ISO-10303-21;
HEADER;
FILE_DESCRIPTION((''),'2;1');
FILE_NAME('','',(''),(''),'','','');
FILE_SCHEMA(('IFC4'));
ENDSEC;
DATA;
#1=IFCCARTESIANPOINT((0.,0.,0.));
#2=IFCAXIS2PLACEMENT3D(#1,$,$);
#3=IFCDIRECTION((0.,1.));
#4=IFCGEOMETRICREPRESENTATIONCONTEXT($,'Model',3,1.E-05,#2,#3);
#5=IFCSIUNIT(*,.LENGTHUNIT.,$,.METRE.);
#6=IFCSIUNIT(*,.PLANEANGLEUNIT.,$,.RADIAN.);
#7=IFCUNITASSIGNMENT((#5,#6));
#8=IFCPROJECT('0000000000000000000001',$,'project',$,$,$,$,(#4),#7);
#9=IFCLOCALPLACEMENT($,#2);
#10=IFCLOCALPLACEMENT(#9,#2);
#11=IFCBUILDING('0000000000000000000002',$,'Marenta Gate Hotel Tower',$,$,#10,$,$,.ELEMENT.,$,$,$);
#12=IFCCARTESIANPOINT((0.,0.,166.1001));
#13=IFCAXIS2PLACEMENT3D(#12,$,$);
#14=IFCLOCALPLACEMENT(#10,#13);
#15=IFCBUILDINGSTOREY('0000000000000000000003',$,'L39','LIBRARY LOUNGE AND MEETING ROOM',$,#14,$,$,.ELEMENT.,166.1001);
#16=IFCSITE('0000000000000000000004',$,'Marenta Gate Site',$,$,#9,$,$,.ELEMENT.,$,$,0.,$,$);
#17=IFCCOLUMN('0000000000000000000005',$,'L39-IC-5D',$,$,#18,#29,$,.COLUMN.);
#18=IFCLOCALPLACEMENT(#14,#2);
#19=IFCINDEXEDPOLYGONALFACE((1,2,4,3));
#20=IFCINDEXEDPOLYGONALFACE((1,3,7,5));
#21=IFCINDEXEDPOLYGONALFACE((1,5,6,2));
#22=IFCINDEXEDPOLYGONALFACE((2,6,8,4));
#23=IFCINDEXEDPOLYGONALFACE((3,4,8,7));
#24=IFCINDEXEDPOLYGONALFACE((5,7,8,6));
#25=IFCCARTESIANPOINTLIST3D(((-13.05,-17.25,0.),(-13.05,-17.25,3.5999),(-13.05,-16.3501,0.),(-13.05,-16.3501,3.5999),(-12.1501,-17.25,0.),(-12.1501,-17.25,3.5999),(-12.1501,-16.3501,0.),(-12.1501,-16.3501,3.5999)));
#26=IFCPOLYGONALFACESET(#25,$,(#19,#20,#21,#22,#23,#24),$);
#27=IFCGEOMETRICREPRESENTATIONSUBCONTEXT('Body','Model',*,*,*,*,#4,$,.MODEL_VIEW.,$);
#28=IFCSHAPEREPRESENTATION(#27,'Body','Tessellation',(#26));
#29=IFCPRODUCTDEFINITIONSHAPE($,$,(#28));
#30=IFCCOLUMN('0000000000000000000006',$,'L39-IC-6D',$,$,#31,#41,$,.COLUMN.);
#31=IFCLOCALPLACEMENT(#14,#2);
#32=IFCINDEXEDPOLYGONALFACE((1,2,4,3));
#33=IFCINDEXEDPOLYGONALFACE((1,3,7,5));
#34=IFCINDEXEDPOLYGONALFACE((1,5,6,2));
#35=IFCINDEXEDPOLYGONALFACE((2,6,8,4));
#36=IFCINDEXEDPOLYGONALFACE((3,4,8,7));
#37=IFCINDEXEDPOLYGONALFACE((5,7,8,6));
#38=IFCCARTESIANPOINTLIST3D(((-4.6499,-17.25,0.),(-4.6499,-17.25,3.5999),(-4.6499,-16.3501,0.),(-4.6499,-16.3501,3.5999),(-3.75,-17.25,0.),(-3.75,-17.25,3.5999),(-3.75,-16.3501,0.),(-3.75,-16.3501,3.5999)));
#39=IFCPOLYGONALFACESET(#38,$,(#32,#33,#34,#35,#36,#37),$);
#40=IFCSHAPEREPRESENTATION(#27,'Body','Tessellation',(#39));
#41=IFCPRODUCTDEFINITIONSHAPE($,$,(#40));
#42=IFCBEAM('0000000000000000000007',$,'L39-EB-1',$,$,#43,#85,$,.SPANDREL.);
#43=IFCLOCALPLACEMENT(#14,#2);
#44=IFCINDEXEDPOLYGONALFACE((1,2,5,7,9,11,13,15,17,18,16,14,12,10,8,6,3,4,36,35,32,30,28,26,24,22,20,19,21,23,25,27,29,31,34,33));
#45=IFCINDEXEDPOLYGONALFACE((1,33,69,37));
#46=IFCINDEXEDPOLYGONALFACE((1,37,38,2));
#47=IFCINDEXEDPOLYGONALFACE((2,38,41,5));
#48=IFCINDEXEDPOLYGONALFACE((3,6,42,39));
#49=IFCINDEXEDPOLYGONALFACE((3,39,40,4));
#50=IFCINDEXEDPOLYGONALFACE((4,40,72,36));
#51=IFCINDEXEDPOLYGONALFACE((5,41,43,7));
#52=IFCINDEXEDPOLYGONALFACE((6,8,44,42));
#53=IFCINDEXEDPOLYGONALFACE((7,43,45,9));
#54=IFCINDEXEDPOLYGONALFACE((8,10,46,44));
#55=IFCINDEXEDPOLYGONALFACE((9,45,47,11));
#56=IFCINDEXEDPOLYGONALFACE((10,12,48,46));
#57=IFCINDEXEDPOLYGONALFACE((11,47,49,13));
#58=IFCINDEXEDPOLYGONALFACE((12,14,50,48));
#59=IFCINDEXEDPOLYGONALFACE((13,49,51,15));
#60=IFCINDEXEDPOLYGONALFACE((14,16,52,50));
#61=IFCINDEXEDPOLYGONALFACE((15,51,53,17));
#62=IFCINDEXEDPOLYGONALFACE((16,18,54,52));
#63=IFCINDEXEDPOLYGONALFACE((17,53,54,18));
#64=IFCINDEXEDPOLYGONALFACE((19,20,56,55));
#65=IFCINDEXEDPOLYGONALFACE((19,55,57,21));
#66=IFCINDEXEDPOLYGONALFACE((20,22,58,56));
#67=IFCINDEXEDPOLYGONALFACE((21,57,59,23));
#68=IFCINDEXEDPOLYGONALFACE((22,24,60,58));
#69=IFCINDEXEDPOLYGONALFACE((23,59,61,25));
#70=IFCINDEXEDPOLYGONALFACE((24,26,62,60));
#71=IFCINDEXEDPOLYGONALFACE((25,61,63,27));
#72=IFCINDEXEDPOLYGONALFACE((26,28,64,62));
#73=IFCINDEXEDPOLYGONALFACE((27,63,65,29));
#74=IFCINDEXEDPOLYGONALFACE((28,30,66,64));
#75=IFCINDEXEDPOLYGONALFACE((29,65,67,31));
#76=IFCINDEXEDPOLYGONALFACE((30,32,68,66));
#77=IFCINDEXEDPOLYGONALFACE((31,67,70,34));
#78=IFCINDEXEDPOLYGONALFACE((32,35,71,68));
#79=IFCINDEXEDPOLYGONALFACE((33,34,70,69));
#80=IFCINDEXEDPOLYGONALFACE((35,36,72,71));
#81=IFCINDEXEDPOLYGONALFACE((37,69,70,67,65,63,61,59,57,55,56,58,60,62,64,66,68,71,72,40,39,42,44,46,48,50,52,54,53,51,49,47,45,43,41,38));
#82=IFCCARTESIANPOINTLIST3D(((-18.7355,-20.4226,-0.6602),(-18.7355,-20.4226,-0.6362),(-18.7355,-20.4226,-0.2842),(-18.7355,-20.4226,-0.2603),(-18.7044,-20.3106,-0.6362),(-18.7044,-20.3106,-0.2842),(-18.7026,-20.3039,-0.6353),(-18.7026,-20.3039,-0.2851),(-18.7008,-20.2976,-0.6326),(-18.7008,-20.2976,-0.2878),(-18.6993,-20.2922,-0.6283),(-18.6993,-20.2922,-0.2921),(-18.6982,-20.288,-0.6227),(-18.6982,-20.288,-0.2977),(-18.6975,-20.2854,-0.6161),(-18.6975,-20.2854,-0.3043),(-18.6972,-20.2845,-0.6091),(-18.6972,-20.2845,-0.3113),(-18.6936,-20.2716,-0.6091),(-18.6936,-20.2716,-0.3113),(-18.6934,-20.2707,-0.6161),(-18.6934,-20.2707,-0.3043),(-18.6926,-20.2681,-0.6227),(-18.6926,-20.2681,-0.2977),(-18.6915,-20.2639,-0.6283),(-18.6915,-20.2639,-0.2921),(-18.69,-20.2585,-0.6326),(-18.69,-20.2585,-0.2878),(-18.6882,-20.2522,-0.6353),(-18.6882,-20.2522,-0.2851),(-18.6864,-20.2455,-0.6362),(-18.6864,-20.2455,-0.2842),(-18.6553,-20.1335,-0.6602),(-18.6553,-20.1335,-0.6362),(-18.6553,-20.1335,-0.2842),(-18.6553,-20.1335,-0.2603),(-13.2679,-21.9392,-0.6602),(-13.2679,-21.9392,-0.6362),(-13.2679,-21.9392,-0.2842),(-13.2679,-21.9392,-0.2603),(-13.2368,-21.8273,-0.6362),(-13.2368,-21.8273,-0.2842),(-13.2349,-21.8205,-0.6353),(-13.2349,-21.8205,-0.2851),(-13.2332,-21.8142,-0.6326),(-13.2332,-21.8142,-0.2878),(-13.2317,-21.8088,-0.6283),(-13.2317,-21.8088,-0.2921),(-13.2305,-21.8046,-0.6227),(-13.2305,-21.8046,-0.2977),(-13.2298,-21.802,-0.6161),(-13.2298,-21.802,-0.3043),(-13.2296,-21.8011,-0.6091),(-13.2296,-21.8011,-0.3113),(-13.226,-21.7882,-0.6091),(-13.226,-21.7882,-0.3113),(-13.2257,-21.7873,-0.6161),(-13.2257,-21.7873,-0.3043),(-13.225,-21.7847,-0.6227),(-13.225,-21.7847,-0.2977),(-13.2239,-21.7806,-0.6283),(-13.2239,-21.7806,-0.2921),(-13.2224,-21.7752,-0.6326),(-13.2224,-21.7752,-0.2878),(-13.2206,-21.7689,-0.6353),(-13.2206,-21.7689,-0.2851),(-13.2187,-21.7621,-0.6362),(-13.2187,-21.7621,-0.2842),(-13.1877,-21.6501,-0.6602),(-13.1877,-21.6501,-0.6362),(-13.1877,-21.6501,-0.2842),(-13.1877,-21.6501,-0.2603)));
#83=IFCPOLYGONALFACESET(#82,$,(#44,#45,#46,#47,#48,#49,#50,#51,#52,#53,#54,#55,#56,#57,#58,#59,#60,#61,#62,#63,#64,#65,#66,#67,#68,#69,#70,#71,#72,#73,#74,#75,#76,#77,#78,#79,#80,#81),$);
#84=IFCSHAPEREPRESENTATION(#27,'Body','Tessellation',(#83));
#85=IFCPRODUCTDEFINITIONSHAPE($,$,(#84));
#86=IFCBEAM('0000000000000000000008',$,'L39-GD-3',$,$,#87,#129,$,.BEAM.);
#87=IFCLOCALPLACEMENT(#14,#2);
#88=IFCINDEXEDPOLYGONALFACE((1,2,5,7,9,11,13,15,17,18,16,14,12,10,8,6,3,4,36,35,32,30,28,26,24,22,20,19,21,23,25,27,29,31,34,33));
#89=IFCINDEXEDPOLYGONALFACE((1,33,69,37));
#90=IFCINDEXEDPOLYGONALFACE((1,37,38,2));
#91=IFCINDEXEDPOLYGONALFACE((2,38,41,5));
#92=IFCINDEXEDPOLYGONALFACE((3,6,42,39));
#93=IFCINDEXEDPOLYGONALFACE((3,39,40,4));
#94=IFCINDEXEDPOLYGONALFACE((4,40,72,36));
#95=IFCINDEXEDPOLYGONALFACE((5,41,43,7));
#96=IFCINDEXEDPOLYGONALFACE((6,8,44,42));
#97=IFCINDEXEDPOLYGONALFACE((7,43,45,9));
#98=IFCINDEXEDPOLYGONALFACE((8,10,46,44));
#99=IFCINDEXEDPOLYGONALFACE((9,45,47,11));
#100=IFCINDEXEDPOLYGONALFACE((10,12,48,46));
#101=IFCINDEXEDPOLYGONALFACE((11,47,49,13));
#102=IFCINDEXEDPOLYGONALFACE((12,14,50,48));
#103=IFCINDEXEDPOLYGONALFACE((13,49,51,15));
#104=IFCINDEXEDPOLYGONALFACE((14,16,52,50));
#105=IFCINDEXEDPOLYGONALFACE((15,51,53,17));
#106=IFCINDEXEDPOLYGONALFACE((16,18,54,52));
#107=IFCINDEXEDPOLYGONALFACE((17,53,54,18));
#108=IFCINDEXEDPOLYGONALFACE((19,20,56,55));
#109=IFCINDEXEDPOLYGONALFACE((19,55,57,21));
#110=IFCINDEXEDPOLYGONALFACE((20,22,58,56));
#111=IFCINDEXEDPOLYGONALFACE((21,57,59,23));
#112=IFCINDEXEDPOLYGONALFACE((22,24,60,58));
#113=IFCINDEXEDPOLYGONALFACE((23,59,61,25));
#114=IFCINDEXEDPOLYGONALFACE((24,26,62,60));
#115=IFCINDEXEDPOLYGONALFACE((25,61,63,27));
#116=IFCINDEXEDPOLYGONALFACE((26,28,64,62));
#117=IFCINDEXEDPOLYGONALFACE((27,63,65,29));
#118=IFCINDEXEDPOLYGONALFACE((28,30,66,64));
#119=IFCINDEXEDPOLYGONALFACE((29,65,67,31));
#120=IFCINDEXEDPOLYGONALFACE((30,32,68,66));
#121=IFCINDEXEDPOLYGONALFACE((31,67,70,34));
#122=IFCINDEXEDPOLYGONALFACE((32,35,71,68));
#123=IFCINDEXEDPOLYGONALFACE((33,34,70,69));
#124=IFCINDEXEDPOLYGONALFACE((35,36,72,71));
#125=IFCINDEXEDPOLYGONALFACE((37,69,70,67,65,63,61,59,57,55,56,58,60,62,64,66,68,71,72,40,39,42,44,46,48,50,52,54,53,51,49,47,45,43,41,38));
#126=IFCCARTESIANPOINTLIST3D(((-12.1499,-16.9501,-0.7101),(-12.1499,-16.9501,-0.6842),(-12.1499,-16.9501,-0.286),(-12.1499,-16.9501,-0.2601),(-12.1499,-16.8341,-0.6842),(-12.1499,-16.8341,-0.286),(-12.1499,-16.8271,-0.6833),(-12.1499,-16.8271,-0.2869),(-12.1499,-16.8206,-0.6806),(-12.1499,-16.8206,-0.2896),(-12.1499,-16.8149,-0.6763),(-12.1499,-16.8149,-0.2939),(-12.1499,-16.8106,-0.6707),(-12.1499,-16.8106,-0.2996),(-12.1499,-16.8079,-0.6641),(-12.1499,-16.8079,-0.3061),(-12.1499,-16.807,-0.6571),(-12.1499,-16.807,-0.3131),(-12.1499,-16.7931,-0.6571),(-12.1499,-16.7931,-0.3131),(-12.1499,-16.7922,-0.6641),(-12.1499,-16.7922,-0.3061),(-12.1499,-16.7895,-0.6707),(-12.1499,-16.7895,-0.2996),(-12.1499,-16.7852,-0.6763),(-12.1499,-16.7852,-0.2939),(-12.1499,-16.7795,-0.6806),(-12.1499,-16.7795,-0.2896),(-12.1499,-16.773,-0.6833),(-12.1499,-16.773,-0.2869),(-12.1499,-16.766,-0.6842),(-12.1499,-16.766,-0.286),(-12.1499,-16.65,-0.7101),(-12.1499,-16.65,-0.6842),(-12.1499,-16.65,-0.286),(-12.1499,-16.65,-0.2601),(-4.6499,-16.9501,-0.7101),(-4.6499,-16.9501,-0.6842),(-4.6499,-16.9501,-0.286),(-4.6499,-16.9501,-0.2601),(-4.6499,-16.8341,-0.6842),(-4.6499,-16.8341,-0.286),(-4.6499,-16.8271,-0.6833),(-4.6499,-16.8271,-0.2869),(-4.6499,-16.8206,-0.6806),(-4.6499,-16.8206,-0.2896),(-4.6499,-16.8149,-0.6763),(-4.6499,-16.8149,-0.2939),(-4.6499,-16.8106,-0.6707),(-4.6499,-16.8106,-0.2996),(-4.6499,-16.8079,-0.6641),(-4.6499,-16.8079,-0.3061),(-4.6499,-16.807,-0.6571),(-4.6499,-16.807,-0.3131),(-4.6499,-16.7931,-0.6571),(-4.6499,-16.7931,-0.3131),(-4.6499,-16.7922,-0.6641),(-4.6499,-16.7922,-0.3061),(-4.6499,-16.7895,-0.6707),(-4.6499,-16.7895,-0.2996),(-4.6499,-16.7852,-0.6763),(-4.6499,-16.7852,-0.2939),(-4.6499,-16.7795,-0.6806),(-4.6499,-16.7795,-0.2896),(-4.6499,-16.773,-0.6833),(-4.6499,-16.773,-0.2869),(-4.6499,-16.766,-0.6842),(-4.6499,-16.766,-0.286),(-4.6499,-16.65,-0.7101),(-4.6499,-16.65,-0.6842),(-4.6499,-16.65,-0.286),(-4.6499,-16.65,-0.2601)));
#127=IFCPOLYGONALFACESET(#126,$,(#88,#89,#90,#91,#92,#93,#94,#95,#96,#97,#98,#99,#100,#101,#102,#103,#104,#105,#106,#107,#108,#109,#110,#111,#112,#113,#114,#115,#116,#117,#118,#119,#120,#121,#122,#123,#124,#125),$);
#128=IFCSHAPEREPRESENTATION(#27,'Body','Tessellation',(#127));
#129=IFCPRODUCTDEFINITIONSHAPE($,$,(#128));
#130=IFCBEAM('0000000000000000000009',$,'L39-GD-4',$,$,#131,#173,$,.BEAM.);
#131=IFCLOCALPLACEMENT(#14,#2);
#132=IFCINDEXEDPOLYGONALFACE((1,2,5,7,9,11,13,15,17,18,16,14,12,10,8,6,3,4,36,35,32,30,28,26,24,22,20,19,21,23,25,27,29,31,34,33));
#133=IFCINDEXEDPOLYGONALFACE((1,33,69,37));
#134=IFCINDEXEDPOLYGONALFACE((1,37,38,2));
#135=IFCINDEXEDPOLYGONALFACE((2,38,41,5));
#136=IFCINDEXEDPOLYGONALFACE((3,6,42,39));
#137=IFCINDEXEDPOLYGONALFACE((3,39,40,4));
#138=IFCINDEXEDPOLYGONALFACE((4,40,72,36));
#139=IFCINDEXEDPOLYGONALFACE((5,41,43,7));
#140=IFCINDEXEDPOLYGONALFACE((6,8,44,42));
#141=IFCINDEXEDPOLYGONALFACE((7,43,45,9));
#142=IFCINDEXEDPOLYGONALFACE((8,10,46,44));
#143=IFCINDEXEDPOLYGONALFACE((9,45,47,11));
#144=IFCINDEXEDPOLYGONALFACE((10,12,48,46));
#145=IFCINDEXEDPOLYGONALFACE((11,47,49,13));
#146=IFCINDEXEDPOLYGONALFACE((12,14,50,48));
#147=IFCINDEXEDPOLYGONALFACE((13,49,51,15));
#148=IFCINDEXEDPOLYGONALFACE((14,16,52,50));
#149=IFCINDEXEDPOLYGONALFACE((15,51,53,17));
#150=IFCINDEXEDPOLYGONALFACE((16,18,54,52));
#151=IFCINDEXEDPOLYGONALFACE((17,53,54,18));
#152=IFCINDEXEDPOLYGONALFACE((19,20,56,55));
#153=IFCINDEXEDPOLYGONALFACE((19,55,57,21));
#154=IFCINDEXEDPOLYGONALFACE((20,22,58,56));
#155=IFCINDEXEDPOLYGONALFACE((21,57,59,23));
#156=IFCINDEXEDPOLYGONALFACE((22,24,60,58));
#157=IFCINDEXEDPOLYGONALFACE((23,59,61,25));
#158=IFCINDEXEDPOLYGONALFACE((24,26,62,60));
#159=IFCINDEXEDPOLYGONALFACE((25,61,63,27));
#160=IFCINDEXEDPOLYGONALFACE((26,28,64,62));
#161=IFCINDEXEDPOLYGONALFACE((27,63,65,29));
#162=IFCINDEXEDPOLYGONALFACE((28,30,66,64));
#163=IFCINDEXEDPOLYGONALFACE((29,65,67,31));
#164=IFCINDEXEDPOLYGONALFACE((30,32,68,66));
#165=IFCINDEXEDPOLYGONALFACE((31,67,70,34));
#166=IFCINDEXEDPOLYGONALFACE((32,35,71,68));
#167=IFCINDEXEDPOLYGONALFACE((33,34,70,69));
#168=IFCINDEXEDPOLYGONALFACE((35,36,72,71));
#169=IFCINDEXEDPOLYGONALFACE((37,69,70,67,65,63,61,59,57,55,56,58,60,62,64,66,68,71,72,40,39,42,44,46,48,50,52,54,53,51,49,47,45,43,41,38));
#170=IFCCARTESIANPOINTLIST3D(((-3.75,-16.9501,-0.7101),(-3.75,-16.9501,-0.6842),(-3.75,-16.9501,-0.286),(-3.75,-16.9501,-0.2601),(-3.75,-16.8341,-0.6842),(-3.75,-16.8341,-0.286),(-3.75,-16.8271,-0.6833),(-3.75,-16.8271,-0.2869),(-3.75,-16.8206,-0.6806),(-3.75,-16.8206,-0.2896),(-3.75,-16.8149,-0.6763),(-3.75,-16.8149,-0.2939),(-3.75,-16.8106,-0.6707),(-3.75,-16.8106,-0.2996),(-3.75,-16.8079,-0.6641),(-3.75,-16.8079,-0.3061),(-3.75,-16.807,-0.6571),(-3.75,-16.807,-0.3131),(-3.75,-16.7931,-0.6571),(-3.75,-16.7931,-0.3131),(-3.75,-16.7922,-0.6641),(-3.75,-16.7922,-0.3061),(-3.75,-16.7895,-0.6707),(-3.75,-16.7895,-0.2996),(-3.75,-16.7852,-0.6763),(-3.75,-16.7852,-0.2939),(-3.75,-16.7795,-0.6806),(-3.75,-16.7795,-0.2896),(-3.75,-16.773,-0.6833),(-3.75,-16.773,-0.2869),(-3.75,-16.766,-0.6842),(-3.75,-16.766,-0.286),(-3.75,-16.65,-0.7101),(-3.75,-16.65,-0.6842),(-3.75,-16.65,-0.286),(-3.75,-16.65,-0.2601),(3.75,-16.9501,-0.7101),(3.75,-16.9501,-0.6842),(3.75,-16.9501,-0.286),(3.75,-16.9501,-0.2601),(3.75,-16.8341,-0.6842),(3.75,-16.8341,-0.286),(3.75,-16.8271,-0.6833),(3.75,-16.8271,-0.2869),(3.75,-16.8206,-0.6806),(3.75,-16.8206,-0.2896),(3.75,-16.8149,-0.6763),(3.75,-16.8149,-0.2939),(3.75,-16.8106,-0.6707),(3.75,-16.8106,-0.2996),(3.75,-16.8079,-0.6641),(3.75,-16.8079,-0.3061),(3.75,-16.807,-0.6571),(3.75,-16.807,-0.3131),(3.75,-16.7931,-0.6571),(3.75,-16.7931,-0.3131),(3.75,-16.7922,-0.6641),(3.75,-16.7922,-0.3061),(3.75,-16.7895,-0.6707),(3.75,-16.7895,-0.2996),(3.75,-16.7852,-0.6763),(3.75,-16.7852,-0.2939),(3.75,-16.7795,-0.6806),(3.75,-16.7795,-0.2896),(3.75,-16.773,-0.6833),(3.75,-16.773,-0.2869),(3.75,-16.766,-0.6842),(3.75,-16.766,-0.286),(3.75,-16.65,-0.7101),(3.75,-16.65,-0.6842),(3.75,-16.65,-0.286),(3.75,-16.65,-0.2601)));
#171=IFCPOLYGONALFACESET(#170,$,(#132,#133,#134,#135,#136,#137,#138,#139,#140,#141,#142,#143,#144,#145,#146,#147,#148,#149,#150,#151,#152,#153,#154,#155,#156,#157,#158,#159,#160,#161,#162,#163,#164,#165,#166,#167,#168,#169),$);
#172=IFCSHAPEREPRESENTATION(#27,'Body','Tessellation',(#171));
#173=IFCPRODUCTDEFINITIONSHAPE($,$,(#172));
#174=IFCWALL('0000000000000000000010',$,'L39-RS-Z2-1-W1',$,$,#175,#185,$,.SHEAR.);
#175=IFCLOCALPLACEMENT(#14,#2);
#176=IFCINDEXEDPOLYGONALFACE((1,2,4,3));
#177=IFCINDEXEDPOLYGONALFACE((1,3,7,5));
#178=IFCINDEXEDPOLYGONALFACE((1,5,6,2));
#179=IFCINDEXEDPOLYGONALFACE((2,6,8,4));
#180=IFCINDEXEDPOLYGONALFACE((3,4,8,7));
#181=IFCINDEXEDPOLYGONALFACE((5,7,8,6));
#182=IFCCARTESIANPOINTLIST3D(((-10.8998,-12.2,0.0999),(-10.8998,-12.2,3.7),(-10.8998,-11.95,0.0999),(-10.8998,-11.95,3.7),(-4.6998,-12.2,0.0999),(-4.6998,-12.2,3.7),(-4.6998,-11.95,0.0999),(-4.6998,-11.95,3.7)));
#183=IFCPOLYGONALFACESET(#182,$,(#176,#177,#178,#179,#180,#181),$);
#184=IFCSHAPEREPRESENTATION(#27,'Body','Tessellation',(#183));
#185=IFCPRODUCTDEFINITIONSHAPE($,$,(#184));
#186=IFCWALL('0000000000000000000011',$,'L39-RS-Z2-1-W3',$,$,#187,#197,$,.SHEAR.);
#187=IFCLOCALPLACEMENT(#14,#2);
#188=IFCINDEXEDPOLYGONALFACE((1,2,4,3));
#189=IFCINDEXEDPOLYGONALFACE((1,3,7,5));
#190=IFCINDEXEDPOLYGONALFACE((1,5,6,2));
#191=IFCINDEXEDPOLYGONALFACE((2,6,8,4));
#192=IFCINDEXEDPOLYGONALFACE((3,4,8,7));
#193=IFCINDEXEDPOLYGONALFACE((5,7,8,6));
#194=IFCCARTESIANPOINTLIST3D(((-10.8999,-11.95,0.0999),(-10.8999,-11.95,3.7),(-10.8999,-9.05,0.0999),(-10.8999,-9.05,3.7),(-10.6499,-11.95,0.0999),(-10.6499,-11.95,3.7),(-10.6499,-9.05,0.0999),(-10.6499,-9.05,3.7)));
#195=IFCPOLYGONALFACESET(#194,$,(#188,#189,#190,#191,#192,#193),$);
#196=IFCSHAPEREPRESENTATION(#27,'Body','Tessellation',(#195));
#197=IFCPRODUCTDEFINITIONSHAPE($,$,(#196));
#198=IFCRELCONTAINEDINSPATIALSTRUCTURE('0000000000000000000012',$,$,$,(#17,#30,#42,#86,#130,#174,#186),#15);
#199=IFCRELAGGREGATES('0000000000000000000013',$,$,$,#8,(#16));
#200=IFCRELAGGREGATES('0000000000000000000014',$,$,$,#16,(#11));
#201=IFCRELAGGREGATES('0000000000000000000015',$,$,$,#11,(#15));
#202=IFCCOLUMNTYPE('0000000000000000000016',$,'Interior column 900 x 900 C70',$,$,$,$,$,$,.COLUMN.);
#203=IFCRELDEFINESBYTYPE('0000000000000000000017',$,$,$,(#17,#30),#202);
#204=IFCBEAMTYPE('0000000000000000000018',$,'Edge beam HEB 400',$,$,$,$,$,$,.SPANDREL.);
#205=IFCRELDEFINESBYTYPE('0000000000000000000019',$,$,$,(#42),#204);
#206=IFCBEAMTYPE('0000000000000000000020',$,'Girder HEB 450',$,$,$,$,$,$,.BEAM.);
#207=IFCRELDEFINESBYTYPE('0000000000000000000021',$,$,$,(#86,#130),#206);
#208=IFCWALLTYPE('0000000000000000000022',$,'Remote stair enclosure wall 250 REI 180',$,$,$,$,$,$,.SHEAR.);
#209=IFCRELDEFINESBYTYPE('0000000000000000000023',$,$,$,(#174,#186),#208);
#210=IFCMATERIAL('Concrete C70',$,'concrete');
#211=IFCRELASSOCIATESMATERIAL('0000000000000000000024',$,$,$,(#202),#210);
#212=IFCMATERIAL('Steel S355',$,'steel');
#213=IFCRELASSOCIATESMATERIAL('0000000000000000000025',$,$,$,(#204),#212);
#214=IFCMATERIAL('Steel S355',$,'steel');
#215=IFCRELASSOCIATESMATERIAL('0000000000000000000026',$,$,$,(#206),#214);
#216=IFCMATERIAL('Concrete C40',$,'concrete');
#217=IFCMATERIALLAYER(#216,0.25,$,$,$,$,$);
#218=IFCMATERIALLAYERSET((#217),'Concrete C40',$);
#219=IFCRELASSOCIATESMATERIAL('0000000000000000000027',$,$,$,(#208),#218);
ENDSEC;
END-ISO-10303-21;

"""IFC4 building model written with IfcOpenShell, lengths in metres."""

from ifc_helpers import new_model, si_unit, direction, frame, frame_2d, origin, origin_2d, place, context, subcontext, project, spatial, rectangle, i_section, extrude, material, layer, layer_set, material_profile, profile_set, type_object, element, save


model = new_model("IFC4")

# Units and contexts
model_context = context("Model", 3, precision=1e-05, world=origin(), true_north=direction((0.0, 1.0)))
body_context = subcontext(model_context, "Body", "Model", "MODEL_VIEW")
ifc_project = project(units=[si_unit("LENGTHUNIT", "METRE"), si_unit("PLANEANGLEUNIT", "RADIAN")], contexts=[model_context])

# Site, building, storey
site_placement = place(None, origin())
site = spatial("IfcSite", under=ifc_project, at=site_placement, Name="Marenta Gate Site", CompositionType="ELEMENT", RefElevation=0.0)
building_placement = place(site_placement, origin())
building = spatial("IfcBuilding", under=site, at=building_placement, Name="Marenta Gate Hotel Tower", CompositionType="ELEMENT")
storey_placement = place(building_placement, frame((0.0, 0.0, 166.1001)))
storey = spatial("IfcBuildingStorey", under=building, at=storey_placement, Name="L39", Description="LIBRARY LOUNGE AND MEETING ROOM", CompositionType="ELEMENT", Elevation=166.1001)

# Columns
ifc_material_1 = material(Name="Concrete C70", Category="concrete")
ifc_material_profile_1 = material_profile(ifc_material_1, rectangle(XDim=0.8999, YDim=0.8999, at=origin_2d()), Name="900 x 900")
ifc_profile_set_1 = profile_set([ifc_material_profile_1], Name="Concrete C70")
column_type = type_object("IfcColumnType", Name="Interior column 900 x 900 C70", PredefinedType="COLUMN", material=ifc_profile_set_1)
for number, where, z_axis, x_axis, name in (
    (1, (-12.6001, -16.8, 0.0), (0.0, 0.0, 1.0), (1.0, 0.0, 0.0), "L39-IC-5D"),
    (2, (-4.2, -16.8, 0.0), (0.0, 0.0, 1.0), (1.0, 0.0, 0.0), "L39-IC-6D"),
):
    element("IfcColumn", number, at=place(storey_placement, frame(where, z_axis=z_axis, x_axis=x_axis)), inside=storey, type_object=column_type, Name=name, PredefinedType="COLUMN", context=body_context, shape_type="SweptSolid", body=[
        extrude(rectangle(XDim=0.8999, YDim=0.8999, at=origin_2d()), origin(), (0.0, 0.0, 1.0), 3.5999),
    ])

# Beams
ifc_material_2 = material(Name="Steel S355", Category="steel")
ifc_material_profile_2 = material_profile(ifc_material_2, i_section(OverallWidth=0.3, OverallDepth=0.3999, WebThickness=0.0134, FlangeThickness=0.0239, FilletRadius=0.0271, at=origin_2d()), Name="HEB 400")
ifc_profile_set_2 = profile_set([ifc_material_profile_2], Name="Steel S355")
beam_type_1 = type_object("IfcBeamType", Name="Edge beam HEB 400", PredefinedType="SPANDREL", material=ifc_profile_set_2)
beam_placement = place(storey_placement, frame((-13.2278, -21.7947, -0.4602), z_axis=(-0.963616, 0.267291, 0.0), x_axis=(-0.267291, -0.963616, 0.0)))
element("IfcBeam", 3, at=beam_placement, inside=storey, type_object=beam_type_1, Name="L39-EB-1", PredefinedType="SPANDREL", context=body_context, shape_type="SweptSolid", body=[
    extrude(i_section(OverallWidth=0.3, OverallDepth=0.3999, WebThickness=0.0134, FlangeThickness=0.0239, FilletRadius=0.0271, at=origin_2d()), origin(), (0.0, 0.0, 1.0), 5.6741),
])
ifc_material_3 = material(Name="Steel S355", Category="steel")
ifc_material_profile_3 = material_profile(ifc_material_3, i_section(OverallWidth=0.3, OverallDepth=0.45, WebThickness=0.0139, FlangeThickness=0.0259, FilletRadius=0.0271, at=origin_2d()), Name="HEB 450")
ifc_profile_set_3 = profile_set([ifc_material_profile_3], Name="Steel S355")
beam_type_2 = type_object("IfcBeamType", Name="Girder HEB 450", PredefinedType="BEAM", material=ifc_profile_set_3)
for number, where, z_axis, x_axis, name in (
    (4, (-12.1499, -16.8, -0.4851), (1.0, 0.0, 0.0), (0.0, 1.0, 0.0), "L39-GD-3"),
    (5, (-3.75, -16.8, -0.4851), (1.0, 0.0, 0.0), (0.0, 1.0, 0.0), "L39-GD-4"),
):
    element("IfcBeam", number, at=place(storey_placement, frame(where, z_axis=z_axis, x_axis=x_axis)), inside=storey, type_object=beam_type_2, Name=name, PredefinedType="BEAM", context=body_context, shape_type="SweptSolid", body=[
        extrude(i_section(OverallWidth=0.3, OverallDepth=0.45, WebThickness=0.0139, FlangeThickness=0.0259, FilletRadius=0.0271, at=origin_2d()), origin(), (0.0, 0.0, 1.0), 7.5),
    ])

# Walls
ifc_material_4 = material(Name="Concrete C40", Category="concrete")
ifc_layer_1 = layer(ifc_material_4, 0.25)
ifc_layer_set_1 = layer_set([ifc_layer_1], Name="Concrete C40")
wall_type_1 = type_object("IfcWallType", Name="Remote stair enclosure wall 250 REI 180", PredefinedType="SHEAR", material=ifc_layer_set_1)
wall_1_placement = place(storey_placement, frame((-10.8999, -12.075, 0.0999), z_axis=(0.0, 0.0, 1.0), x_axis=(1.0, 0.0, 0.0)))
element("IfcWall", 6, at=wall_1_placement, inside=storey, type_object=wall_type_1, Name="L39-RS-Z2-1-W1", PredefinedType="SHEAR", context=body_context, shape_type="SweptSolid", body=[
    extrude(rectangle(XDim=6.2, YDim=0.25, at=frame_2d((3.1001, 0.0))), origin(), (0.0, 0.0, 1.0), 3.6001),
])
for number, where, z_axis, x_axis, name in (
    (7, (-10.7749, -11.95, 0.0999), (0.0, 0.0, 1.0), (0.0, 1.0, 0.0), "L39-RS-Z2-1-W3"),
):
    element("IfcWall", number, at=place(storey_placement, frame(where, z_axis=z_axis, x_axis=x_axis)), inside=storey, type_object=wall_type_1, Name=name, PredefinedType="SHEAR", context=body_context, shape_type="SweptSolid", body=[
        extrude(rectangle(XDim=2.8999, YDim=0.25, at=frame_2d((1.45, 0.0))), origin(), (0.0, 0.0, 1.0), 3.6001),
    ])

save(model, "model.ifc")
